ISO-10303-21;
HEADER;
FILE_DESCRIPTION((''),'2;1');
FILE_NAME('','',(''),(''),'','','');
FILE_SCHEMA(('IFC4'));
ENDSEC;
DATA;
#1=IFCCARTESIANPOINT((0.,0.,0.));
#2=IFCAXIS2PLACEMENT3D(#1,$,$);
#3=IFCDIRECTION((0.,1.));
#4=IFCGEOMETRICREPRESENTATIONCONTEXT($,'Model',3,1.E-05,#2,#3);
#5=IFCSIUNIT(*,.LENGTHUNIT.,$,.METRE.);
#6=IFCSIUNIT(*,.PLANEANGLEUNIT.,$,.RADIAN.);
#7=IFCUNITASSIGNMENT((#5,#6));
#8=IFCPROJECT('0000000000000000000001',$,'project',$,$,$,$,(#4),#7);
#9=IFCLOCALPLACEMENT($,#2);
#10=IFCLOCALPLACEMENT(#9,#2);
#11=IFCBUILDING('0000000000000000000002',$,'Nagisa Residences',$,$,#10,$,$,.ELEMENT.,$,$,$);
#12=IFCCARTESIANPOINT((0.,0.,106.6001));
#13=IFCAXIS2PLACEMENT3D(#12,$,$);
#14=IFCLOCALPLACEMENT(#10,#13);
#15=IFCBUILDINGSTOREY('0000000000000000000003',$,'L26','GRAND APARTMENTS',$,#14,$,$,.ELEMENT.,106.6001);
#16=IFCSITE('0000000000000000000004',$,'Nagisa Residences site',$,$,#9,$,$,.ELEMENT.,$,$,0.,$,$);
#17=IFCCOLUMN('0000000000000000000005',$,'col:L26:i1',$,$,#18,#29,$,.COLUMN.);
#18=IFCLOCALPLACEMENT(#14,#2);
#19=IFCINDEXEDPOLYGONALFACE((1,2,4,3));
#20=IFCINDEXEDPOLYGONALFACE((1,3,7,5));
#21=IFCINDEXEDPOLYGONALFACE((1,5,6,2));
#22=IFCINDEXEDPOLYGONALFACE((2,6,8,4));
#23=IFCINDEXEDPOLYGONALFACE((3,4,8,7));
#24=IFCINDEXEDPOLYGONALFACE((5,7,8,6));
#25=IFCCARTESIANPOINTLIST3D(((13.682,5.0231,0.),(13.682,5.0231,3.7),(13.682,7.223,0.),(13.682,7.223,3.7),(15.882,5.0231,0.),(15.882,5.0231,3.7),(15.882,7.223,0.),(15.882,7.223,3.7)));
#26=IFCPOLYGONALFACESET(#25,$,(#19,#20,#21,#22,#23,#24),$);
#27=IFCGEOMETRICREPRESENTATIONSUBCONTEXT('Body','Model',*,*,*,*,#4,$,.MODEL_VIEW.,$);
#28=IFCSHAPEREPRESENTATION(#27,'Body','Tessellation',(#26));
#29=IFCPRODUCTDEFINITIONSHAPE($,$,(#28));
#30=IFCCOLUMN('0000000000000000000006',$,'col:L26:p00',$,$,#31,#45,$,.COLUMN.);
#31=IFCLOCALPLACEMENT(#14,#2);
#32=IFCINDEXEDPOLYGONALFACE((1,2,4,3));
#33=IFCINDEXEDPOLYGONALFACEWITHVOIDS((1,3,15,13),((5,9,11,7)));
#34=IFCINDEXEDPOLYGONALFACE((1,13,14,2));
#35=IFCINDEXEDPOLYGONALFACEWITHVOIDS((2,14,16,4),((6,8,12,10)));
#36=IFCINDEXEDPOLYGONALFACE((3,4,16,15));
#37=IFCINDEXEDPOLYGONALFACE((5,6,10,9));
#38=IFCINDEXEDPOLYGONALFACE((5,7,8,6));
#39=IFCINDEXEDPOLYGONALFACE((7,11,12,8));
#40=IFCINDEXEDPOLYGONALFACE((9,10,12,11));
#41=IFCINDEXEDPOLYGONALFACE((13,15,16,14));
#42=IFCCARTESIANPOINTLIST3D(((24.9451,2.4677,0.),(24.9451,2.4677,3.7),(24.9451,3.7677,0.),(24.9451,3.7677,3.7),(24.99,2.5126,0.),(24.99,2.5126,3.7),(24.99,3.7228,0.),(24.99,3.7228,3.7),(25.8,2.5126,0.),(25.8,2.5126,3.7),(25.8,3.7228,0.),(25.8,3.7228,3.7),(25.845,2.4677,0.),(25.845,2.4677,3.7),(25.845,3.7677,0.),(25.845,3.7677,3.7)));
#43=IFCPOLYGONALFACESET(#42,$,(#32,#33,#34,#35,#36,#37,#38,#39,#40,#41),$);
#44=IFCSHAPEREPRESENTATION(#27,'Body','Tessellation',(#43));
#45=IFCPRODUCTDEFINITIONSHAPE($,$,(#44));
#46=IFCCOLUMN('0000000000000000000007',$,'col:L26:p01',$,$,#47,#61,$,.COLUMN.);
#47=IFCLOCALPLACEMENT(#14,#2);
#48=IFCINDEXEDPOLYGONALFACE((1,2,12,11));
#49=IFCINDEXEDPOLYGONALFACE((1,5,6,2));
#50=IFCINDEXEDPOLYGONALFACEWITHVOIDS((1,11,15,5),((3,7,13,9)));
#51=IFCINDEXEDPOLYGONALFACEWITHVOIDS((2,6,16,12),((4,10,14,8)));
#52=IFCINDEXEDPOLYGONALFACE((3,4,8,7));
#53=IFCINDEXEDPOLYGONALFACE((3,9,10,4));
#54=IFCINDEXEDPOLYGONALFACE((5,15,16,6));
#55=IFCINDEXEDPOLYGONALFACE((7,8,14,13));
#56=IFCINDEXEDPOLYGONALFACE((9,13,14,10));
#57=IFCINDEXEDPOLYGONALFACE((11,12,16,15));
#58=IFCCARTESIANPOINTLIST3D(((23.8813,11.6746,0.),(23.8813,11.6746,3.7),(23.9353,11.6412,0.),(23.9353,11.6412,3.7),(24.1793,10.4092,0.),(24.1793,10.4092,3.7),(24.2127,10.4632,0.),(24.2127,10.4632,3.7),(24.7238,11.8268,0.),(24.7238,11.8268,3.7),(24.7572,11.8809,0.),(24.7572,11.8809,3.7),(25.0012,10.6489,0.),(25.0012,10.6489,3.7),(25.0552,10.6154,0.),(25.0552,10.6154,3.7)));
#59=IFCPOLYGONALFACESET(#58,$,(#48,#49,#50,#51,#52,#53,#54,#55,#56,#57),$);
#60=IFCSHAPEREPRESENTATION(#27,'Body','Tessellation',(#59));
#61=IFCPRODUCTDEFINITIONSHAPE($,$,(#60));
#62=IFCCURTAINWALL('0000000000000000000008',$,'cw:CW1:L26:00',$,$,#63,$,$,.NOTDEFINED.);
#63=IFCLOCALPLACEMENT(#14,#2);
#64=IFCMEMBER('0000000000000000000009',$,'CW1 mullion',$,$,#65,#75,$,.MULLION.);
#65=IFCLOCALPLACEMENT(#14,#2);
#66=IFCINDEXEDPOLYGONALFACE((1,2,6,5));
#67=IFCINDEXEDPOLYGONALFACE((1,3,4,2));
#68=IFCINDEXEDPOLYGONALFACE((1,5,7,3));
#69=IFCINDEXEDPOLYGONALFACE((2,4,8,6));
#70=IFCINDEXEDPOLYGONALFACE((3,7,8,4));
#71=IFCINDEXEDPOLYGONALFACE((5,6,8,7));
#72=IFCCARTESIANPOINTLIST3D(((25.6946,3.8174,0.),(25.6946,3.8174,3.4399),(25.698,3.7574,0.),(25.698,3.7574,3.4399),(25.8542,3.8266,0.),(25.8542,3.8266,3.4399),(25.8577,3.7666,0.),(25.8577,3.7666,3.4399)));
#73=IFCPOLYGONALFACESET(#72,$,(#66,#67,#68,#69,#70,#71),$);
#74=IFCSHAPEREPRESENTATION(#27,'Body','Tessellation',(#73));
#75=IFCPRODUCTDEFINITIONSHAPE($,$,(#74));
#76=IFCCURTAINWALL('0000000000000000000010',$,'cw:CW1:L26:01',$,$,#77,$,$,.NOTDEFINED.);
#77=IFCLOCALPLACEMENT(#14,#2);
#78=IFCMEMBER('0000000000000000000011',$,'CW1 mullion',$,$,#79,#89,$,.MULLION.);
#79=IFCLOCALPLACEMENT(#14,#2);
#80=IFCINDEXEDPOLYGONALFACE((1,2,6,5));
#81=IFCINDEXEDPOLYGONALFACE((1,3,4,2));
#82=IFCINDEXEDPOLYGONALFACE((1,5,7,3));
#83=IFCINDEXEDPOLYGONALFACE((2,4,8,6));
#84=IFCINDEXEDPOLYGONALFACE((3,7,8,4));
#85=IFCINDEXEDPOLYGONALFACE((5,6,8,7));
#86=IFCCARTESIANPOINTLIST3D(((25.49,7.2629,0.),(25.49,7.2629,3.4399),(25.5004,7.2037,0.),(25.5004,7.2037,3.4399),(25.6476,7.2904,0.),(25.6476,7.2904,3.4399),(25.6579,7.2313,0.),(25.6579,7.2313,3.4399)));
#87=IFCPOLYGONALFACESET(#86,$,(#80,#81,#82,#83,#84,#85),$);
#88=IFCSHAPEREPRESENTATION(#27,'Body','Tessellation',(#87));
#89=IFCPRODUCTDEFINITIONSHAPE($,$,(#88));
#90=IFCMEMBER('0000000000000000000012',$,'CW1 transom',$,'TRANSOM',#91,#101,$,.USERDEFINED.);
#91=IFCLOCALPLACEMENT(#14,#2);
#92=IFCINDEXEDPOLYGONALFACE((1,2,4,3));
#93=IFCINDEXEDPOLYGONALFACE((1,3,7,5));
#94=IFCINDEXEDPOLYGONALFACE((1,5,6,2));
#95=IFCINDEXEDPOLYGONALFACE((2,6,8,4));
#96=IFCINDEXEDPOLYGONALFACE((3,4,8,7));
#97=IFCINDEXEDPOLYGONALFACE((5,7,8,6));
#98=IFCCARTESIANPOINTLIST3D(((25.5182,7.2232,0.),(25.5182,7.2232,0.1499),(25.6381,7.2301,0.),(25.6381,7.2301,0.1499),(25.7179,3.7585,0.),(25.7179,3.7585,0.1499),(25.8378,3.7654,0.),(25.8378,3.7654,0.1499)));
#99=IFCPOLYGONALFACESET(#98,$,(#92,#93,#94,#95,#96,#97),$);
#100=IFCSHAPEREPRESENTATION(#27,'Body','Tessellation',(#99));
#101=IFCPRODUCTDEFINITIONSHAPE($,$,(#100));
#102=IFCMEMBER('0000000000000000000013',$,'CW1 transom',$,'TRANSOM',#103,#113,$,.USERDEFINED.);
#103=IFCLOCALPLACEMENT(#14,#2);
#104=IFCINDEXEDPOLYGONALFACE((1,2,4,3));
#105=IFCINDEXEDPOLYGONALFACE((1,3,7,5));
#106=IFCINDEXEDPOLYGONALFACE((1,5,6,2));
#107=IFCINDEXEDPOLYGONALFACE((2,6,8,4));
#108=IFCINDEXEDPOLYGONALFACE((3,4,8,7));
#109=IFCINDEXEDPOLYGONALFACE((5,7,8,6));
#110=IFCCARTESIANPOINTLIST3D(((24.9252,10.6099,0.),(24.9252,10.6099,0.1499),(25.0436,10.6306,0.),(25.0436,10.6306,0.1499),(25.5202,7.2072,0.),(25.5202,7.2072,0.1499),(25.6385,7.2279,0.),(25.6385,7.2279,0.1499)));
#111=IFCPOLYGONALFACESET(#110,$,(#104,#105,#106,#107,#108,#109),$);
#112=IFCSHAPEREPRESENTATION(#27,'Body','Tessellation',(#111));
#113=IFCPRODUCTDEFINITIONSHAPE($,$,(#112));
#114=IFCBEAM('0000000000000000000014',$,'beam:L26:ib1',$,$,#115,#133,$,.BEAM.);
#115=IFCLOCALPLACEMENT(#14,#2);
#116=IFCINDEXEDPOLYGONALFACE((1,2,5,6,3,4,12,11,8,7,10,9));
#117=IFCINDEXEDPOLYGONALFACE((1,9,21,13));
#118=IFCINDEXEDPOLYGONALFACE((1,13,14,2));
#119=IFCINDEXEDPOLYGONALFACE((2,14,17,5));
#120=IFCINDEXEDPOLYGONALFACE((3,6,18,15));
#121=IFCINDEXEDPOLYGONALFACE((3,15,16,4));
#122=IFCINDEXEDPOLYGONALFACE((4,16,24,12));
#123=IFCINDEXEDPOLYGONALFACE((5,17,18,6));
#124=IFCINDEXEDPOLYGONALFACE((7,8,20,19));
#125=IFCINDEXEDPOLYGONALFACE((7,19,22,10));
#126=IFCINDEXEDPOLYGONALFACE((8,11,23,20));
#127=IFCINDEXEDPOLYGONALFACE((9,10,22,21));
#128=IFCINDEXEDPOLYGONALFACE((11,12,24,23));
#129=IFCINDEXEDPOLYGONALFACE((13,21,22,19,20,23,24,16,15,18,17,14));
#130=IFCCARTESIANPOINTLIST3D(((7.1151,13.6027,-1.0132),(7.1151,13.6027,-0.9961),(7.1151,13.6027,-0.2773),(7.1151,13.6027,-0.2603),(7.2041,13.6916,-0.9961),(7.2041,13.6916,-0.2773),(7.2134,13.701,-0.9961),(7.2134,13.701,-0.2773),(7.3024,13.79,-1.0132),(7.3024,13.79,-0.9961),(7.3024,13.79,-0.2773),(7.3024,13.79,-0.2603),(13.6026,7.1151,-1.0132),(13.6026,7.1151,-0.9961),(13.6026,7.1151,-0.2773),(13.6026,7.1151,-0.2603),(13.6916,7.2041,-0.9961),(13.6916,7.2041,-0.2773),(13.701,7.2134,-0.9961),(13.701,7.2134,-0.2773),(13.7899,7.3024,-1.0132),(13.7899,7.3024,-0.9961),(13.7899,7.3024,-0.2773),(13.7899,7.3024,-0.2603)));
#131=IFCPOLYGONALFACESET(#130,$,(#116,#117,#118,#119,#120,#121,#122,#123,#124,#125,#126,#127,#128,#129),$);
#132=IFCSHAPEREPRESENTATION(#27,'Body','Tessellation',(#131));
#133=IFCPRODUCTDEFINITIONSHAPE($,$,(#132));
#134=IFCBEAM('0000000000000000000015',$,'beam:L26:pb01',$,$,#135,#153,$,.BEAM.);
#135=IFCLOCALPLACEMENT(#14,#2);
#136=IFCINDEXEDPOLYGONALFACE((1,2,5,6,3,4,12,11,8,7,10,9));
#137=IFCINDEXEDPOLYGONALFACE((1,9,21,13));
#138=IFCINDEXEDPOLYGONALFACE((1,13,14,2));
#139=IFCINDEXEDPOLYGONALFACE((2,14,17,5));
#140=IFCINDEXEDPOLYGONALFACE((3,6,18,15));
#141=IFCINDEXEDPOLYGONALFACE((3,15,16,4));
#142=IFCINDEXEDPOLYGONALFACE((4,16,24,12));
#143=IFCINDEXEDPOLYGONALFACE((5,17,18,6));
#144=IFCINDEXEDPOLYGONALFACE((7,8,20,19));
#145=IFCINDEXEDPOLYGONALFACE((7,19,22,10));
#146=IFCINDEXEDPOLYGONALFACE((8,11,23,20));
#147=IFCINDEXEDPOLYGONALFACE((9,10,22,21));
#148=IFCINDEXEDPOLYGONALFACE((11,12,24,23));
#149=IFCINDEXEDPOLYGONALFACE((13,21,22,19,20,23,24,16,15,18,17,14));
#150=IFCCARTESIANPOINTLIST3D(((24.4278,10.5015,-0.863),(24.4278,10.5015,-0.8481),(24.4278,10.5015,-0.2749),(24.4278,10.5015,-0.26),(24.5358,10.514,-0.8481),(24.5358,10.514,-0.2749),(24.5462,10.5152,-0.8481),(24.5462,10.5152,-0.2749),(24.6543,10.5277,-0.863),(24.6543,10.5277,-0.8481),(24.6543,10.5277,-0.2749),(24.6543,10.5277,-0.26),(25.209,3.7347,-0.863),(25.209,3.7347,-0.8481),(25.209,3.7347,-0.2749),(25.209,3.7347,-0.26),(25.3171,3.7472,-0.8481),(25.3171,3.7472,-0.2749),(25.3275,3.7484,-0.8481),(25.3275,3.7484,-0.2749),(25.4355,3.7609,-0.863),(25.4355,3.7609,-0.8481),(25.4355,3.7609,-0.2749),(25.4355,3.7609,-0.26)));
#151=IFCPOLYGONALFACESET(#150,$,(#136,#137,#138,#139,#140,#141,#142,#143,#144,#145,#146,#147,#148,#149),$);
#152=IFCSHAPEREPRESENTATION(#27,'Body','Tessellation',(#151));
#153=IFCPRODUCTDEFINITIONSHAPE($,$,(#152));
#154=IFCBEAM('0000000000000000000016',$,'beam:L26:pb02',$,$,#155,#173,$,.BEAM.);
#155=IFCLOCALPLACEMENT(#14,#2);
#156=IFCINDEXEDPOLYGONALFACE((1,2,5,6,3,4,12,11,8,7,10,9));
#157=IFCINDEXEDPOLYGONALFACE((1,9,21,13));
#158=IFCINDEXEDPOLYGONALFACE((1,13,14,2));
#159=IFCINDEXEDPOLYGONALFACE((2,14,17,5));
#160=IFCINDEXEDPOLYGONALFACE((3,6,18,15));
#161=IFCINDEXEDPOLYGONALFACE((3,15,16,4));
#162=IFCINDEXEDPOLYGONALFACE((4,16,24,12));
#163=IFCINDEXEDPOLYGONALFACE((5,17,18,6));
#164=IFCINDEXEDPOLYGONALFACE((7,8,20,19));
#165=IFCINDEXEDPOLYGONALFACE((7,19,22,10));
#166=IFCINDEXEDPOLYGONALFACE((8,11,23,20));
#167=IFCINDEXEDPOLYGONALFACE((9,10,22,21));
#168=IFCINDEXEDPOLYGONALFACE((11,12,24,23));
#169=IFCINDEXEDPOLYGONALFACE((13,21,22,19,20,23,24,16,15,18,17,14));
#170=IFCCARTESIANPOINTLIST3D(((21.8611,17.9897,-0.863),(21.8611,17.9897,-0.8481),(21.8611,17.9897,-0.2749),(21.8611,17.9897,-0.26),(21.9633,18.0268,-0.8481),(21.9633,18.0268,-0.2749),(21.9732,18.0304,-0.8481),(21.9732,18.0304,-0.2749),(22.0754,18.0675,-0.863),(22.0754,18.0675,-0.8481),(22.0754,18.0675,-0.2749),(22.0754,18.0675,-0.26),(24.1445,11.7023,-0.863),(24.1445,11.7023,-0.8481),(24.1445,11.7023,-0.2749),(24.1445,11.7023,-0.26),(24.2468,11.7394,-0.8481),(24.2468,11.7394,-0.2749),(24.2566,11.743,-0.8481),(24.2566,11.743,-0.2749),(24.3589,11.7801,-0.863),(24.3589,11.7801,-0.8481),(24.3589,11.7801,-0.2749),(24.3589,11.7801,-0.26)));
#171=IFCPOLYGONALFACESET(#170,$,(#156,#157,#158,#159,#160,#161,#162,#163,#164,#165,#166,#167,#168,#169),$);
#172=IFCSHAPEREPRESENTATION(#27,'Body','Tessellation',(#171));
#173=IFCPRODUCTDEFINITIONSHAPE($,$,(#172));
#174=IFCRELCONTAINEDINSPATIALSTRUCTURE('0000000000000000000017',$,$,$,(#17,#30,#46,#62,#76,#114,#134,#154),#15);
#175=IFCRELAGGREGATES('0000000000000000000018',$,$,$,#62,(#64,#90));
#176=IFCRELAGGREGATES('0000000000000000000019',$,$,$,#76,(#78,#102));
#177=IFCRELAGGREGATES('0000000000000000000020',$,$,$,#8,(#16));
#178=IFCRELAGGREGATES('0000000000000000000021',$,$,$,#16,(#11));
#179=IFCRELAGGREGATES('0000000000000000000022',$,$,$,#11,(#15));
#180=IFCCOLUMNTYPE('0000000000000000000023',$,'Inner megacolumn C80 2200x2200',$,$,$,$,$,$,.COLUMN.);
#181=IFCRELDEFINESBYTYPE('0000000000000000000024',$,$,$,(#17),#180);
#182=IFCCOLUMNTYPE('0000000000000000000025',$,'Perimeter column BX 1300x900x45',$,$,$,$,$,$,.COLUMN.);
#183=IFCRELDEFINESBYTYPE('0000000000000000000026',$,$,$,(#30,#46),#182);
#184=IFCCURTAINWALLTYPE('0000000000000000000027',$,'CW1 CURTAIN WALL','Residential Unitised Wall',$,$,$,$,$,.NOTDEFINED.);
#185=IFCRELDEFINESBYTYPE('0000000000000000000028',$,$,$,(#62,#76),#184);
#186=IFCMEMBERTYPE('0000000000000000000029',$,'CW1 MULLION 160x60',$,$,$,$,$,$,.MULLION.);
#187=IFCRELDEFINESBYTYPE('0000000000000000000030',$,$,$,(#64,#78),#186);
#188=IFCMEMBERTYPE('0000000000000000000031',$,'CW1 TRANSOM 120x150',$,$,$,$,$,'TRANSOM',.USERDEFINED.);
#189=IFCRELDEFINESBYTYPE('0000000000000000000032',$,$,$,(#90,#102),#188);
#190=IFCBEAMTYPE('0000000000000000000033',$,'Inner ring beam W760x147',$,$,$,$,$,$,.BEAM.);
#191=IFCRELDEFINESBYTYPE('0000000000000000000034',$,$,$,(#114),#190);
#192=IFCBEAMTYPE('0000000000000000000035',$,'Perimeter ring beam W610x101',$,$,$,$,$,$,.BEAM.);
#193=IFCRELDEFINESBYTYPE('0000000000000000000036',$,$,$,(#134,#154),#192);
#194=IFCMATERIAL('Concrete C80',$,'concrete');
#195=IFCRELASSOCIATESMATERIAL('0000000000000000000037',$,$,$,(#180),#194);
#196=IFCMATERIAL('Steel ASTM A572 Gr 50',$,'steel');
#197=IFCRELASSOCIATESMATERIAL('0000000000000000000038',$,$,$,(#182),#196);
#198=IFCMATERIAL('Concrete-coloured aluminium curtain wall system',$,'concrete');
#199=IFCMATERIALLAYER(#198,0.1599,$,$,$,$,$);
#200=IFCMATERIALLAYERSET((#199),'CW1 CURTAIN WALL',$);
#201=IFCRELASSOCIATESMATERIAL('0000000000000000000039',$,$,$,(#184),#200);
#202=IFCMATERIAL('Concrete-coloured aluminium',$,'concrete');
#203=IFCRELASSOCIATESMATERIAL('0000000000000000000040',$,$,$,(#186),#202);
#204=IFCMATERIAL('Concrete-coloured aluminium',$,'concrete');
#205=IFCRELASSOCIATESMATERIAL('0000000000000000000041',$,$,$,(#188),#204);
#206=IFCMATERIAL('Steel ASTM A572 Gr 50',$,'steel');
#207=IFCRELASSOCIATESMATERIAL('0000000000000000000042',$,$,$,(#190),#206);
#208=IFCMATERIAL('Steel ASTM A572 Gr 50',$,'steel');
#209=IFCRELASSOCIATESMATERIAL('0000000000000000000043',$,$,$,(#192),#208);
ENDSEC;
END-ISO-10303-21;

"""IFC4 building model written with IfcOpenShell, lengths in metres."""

from ifc_helpers import new_model, si_unit, direction, frame, origin, origin_2d, place, context, subcontext, project, spatial, rectangle, hollow_rectangle, i_section, extrude, material, layer, layer_set, material_profile, profile_set, type_object, element, aggregate, save


model = new_model("IFC4")

# Units and contexts
model_context = context("Model", 3, precision=1e-05, world=origin(), true_north=direction((0.0, 1.0)))
body_context = subcontext(model_context, "Body", "Model", "MODEL_VIEW")
ifc_project = project(units=[si_unit("LENGTHUNIT", "METRE"), si_unit("PLANEANGLEUNIT", "RADIAN")], contexts=[model_context])

# Site, building, storey
site_placement = place(None, origin())
site = spatial("IfcSite", under=ifc_project, at=site_placement, Name="Nagisa Residences site", CompositionType="ELEMENT", RefElevation=0.0)
building_placement = place(site_placement, origin())
building = spatial("IfcBuilding", under=site, at=building_placement, Name="Nagisa Residences", CompositionType="ELEMENT")
storey_placement = place(building_placement, frame((0.0, 0.0, 106.6001)))
storey = spatial("IfcBuildingStorey", under=building, at=storey_placement, Name="L26", Description="GRAND APARTMENTS", CompositionType="ELEMENT", Elevation=106.6001)

# Columns
ifc_material_1 = material(Name="Concrete C80", Category="concrete")
ifc_material_profile_1 = material_profile(ifc_material_1, rectangle(XDim=2.2, YDim=2.2, at=origin_2d()), Name="C80 2200x2200")
ifc_profile_set_1 = profile_set([ifc_material_profile_1], Name="Concrete C80")
column_type_1 = type_object("IfcColumnType", Name="Inner megacolumn C80 2200x2200", PredefinedType="COLUMN", material=ifc_profile_set_1)
column_placement = place(storey_placement, frame((14.782, 6.123, 0.0), z_axis=(0.0, 0.0, 1.0), x_axis=(1.0, 0.0, 0.0)))
element("IfcColumn", 1, at=column_placement, inside=storey, type_object=column_type_1, Name="col:L26:i1", PredefinedType="COLUMN", context=body_context, shape_type="SweptSolid", body=[
    extrude(rectangle(XDim=2.2, YDim=2.2, at=origin_2d()), origin(), (0.0, 0.0, 1.0), 3.7),
])
ifc_material_2 = material(Name="Steel ASTM A572 Gr 50", Category="steel")
ifc_material_profile_2 = material_profile(ifc_material_2, hollow_rectangle(XDim=1.3, YDim=0.8999, WallThickness=0.0449, at=origin_2d()), Name="BX 1300x900x45")
ifc_profile_set_2 = profile_set([ifc_material_profile_2], Name="Steel ASTM A572 Gr 50")
column_type_2 = type_object("IfcColumnType", Name="Perimeter column BX 1300x900x45", PredefinedType="COLUMN", material=ifc_profile_set_2)
for number, where, z_axis, x_axis, name in (
    (2, (25.395, 3.1177, 0.0), (0.0, 0.0, 1.0), (0.0, 1.0, 0.0), "col:L26:p00"),
    (3, (24.4683, 11.145, 0.0), (0.0, 0.0, 1.0), (-0.229202, 0.973379, 0.0), "col:L26:p01"),
):
    element("IfcColumn", number, at=place(storey_placement, frame(where, z_axis=z_axis, x_axis=x_axis)), inside=storey, type_object=column_type_2, Name=name, PredefinedType="COLUMN", context=body_context, shape_type="SweptSolid", body=[
        extrude(hollow_rectangle(XDim=1.3, YDim=0.8999, WallThickness=0.0449, at=origin_2d()), origin(), (0.0, 0.0, 1.0), 3.7),
    ])

# Curtain walls, members
ifc_material_3 = material(Name="Concrete-coloured aluminium curtain wall system", Category="concrete")
ifc_layer_1 = layer(ifc_material_3, 0.1599)
ifc_layer_set_1 = layer_set([ifc_layer_1], Name="CW1 CURTAIN WALL")
curtain_wall_type = type_object("IfcCurtainWallType", Name="CW1 CURTAIN WALL", Description="Residential Unitised Wall", PredefinedType="NOTDEFINED", material=ifc_layer_set_1)
curtain_wall_1_placement = place(storey_placement, origin())
curtain_wall_1 = element("IfcCurtainWall", 4, at=curtain_wall_1_placement, inside=storey, type_object=curtain_wall_type, Name="cw:CW1:L26:00", PredefinedType="NOTDEFINED")
ifc_material_4 = material(Name="Concrete-coloured aluminium", Category="concrete")
ifc_material_profile_3 = material_profile(ifc_material_4, rectangle(XDim=0.1599, YDim=0.0601, at=origin_2d()), Name="CW1 MULLION 160x60")
ifc_profile_set_3 = profile_set([ifc_material_profile_3], Name="Concrete-coloured aluminium")
member_type_1 = type_object("IfcMemberType", Name="CW1 MULLION 160x60", PredefinedType="MULLION", material=ifc_profile_set_3)
member_1_placement = place(storey_placement, frame((25.7761, 3.792, 0.0), z_axis=(0.0, 0.0, 1.0), x_axis=(-0.998345, -0.057503, 0.0)))
member_1 = element("IfcMember", 5, at=member_1_placement, type_object=member_type_1, Name="CW1 mullion", PredefinedType="MULLION", context=body_context, shape_type="SweptSolid", body=[
    extrude(rectangle(XDim=0.1599, YDim=0.0601, at=origin_2d()), origin(), (0.0, 0.0, 1.0), 3.4399),
])
curtain_wall_2_placement = place(storey_placement, origin())
curtain_wall_2 = element("IfcCurtainWall", 6, at=curtain_wall_2_placement, inside=storey, type_object=curtain_wall_type, Name="cw:CW1:L26:01", PredefinedType="NOTDEFINED")
member_2_placement = place(storey_placement, frame((25.574, 7.2471, 0.0), z_axis=(0.0, 0.0, 1.0), x_axis=(-0.985064, -0.172191, 0.0)))
member_2 = element("IfcMember", 7, at=member_2_placement, type_object=member_type_1, Name="CW1 mullion", PredefinedType="MULLION", context=body_context, shape_type="SweptSolid", body=[
    extrude(rectangle(XDim=0.1599, YDim=0.0601, at=origin_2d()), origin(), (0.0, 0.0, 1.0), 3.4399),
])

# Members
ifc_material_5 = material(Name="Concrete-coloured aluminium", Category="concrete")
ifc_material_profile_4 = material_profile(ifc_material_5, rectangle(XDim=0.1201, YDim=0.1499, at=origin_2d()), Name="CW1 TRANSOM 120x150")
ifc_profile_set_4 = profile_set([ifc_material_profile_4], Name="Concrete-coloured aluminium")
member_type_2 = type_object("IfcMemberType", Name="CW1 TRANSOM 120x150", ElementType="TRANSOM", PredefinedType="USERDEFINED", material=ifc_profile_set_4)
member_3_placement = place(storey_placement, frame((25.7778, 3.762, 0.075), z_axis=(-0.057547, 0.998343, 0.0), x_axis=(-0.998343, -0.057547, 0.0)))
member_3 = element("IfcMember", 8, at=member_3_placement, type_object=member_type_2, Name="CW1 transom", ObjectType="TRANSOM", PredefinedType="USERDEFINED", context=body_context, shape_type="SweptSolid", body=[
    extrude(rectangle(XDim=0.1201, YDim=0.1499, at=origin_2d()), origin(), (0.0, 0.0, 1.0), 3.4705),
])
member_4_placement = place(storey_placement, frame((25.5793, 7.2175, 0.075), z_axis=(-0.172233, 0.985056, 0.0), x_axis=(-0.985056, -0.172233, 0.0)))
member_4 = element("IfcMember", 9, at=member_4_placement, type_object=member_type_2, Name="CW1 transom", ObjectType="TRANSOM", PredefinedType="USERDEFINED", context=body_context, shape_type="SweptSolid", body=[
    extrude(rectangle(XDim=0.1201, YDim=0.1499, at=origin_2d()), origin(), (0.0, 0.0, 1.0), 3.4543),
])

# Beams
ifc_material_6 = material(Name="Steel ASTM A572 Gr 50", Category="steel")
ifc_material_profile_5 = material_profile(ifc_material_6, i_section(OverallWidth=0.2649, OverallDepth=0.7529, WebThickness=0.0132, FlangeThickness=0.0171, at=origin_2d()), Name="W760x147")
ifc_profile_set_5 = profile_set([ifc_material_profile_5], Name="Steel ASTM A572 Gr 50")
beam_type_1 = type_object("IfcBeamType", Name="Inner ring beam W760x147", PredefinedType="BEAM", material=ifc_profile_set_5)
beam_1_placement = place(storey_placement, frame((13.6963, 7.2087, -0.6367), z_axis=(-0.707107, 0.707107, 0.0), x_axis=(-0.707107, -0.707107, 0.0)))
element("IfcBeam", 10, at=beam_1_placement, inside=storey, type_object=beam_type_1, Name="beam:L26:ib1", PredefinedType="BEAM", context=body_context, shape_type="SweptSolid", body=[
    extrude(i_section(OverallWidth=0.2649, OverallDepth=0.7529, WebThickness=0.0132, FlangeThickness=0.0171, at=origin_2d()), origin(), (0.0, 0.0, 1.0), 9.1748),
])
ifc_material_7 = material(Name="Steel ASTM A572 Gr 50", Category="steel")
ifc_material_profile_6 = material_profile(ifc_material_7, i_section(OverallWidth=0.228, OverallDepth=0.603, WebThickness=0.0105, FlangeThickness=0.0149, at=origin_2d()), Name="W610x101")
ifc_profile_set_6 = profile_set([ifc_material_profile_6], Name="Steel ASTM A572 Gr 50")
beam_type_2 = type_object("IfcBeamType", Name="Perimeter ring beam W610x101", PredefinedType="BEAM", material=ifc_profile_set_6)
beam_2_placement = place(storey_placement, frame((25.3223, 3.7478, -0.5615), z_axis=(-0.114691, 0.993401, 0.0), x_axis=(-0.993401, -0.114691, 0.0)))
element("IfcBeam", 11, at=beam_2_placement, inside=storey, type_object=beam_type_2, Name="beam:L26:pb01", PredefinedType="BEAM", context=body_context, shape_type="SweptSolid", body=[
    extrude(i_section(OverallWidth=0.228, OverallDepth=0.603, WebThickness=0.0105, FlangeThickness=0.0149, at=origin_2d()), origin(), (0.0, 0.0, 1.0), 6.8118),
])
beam_3_placement = place(storey_placement, frame((24.2517, 11.7412, -0.5615), z_axis=(-0.341365, 0.939931, 0.0), x_axis=(-0.939931, -0.341365, 0.0)))
element("IfcBeam", 12, at=beam_3_placement, inside=storey, type_object=beam_type_2, Name="beam:L26:pb02", PredefinedType="BEAM", context=body_context, shape_type="SweptSolid", body=[
    extrude(i_section(OverallWidth=0.228, OverallDepth=0.603, WebThickness=0.0105, FlangeThickness=0.0149, at=origin_2d()), origin(), (0.0, 0.0, 1.0), 6.6892),
])

aggregate(curtain_wall_1, [member_1, member_3])
aggregate(curtain_wall_2, [member_2, member_4])

save(model, "model.ifc")
